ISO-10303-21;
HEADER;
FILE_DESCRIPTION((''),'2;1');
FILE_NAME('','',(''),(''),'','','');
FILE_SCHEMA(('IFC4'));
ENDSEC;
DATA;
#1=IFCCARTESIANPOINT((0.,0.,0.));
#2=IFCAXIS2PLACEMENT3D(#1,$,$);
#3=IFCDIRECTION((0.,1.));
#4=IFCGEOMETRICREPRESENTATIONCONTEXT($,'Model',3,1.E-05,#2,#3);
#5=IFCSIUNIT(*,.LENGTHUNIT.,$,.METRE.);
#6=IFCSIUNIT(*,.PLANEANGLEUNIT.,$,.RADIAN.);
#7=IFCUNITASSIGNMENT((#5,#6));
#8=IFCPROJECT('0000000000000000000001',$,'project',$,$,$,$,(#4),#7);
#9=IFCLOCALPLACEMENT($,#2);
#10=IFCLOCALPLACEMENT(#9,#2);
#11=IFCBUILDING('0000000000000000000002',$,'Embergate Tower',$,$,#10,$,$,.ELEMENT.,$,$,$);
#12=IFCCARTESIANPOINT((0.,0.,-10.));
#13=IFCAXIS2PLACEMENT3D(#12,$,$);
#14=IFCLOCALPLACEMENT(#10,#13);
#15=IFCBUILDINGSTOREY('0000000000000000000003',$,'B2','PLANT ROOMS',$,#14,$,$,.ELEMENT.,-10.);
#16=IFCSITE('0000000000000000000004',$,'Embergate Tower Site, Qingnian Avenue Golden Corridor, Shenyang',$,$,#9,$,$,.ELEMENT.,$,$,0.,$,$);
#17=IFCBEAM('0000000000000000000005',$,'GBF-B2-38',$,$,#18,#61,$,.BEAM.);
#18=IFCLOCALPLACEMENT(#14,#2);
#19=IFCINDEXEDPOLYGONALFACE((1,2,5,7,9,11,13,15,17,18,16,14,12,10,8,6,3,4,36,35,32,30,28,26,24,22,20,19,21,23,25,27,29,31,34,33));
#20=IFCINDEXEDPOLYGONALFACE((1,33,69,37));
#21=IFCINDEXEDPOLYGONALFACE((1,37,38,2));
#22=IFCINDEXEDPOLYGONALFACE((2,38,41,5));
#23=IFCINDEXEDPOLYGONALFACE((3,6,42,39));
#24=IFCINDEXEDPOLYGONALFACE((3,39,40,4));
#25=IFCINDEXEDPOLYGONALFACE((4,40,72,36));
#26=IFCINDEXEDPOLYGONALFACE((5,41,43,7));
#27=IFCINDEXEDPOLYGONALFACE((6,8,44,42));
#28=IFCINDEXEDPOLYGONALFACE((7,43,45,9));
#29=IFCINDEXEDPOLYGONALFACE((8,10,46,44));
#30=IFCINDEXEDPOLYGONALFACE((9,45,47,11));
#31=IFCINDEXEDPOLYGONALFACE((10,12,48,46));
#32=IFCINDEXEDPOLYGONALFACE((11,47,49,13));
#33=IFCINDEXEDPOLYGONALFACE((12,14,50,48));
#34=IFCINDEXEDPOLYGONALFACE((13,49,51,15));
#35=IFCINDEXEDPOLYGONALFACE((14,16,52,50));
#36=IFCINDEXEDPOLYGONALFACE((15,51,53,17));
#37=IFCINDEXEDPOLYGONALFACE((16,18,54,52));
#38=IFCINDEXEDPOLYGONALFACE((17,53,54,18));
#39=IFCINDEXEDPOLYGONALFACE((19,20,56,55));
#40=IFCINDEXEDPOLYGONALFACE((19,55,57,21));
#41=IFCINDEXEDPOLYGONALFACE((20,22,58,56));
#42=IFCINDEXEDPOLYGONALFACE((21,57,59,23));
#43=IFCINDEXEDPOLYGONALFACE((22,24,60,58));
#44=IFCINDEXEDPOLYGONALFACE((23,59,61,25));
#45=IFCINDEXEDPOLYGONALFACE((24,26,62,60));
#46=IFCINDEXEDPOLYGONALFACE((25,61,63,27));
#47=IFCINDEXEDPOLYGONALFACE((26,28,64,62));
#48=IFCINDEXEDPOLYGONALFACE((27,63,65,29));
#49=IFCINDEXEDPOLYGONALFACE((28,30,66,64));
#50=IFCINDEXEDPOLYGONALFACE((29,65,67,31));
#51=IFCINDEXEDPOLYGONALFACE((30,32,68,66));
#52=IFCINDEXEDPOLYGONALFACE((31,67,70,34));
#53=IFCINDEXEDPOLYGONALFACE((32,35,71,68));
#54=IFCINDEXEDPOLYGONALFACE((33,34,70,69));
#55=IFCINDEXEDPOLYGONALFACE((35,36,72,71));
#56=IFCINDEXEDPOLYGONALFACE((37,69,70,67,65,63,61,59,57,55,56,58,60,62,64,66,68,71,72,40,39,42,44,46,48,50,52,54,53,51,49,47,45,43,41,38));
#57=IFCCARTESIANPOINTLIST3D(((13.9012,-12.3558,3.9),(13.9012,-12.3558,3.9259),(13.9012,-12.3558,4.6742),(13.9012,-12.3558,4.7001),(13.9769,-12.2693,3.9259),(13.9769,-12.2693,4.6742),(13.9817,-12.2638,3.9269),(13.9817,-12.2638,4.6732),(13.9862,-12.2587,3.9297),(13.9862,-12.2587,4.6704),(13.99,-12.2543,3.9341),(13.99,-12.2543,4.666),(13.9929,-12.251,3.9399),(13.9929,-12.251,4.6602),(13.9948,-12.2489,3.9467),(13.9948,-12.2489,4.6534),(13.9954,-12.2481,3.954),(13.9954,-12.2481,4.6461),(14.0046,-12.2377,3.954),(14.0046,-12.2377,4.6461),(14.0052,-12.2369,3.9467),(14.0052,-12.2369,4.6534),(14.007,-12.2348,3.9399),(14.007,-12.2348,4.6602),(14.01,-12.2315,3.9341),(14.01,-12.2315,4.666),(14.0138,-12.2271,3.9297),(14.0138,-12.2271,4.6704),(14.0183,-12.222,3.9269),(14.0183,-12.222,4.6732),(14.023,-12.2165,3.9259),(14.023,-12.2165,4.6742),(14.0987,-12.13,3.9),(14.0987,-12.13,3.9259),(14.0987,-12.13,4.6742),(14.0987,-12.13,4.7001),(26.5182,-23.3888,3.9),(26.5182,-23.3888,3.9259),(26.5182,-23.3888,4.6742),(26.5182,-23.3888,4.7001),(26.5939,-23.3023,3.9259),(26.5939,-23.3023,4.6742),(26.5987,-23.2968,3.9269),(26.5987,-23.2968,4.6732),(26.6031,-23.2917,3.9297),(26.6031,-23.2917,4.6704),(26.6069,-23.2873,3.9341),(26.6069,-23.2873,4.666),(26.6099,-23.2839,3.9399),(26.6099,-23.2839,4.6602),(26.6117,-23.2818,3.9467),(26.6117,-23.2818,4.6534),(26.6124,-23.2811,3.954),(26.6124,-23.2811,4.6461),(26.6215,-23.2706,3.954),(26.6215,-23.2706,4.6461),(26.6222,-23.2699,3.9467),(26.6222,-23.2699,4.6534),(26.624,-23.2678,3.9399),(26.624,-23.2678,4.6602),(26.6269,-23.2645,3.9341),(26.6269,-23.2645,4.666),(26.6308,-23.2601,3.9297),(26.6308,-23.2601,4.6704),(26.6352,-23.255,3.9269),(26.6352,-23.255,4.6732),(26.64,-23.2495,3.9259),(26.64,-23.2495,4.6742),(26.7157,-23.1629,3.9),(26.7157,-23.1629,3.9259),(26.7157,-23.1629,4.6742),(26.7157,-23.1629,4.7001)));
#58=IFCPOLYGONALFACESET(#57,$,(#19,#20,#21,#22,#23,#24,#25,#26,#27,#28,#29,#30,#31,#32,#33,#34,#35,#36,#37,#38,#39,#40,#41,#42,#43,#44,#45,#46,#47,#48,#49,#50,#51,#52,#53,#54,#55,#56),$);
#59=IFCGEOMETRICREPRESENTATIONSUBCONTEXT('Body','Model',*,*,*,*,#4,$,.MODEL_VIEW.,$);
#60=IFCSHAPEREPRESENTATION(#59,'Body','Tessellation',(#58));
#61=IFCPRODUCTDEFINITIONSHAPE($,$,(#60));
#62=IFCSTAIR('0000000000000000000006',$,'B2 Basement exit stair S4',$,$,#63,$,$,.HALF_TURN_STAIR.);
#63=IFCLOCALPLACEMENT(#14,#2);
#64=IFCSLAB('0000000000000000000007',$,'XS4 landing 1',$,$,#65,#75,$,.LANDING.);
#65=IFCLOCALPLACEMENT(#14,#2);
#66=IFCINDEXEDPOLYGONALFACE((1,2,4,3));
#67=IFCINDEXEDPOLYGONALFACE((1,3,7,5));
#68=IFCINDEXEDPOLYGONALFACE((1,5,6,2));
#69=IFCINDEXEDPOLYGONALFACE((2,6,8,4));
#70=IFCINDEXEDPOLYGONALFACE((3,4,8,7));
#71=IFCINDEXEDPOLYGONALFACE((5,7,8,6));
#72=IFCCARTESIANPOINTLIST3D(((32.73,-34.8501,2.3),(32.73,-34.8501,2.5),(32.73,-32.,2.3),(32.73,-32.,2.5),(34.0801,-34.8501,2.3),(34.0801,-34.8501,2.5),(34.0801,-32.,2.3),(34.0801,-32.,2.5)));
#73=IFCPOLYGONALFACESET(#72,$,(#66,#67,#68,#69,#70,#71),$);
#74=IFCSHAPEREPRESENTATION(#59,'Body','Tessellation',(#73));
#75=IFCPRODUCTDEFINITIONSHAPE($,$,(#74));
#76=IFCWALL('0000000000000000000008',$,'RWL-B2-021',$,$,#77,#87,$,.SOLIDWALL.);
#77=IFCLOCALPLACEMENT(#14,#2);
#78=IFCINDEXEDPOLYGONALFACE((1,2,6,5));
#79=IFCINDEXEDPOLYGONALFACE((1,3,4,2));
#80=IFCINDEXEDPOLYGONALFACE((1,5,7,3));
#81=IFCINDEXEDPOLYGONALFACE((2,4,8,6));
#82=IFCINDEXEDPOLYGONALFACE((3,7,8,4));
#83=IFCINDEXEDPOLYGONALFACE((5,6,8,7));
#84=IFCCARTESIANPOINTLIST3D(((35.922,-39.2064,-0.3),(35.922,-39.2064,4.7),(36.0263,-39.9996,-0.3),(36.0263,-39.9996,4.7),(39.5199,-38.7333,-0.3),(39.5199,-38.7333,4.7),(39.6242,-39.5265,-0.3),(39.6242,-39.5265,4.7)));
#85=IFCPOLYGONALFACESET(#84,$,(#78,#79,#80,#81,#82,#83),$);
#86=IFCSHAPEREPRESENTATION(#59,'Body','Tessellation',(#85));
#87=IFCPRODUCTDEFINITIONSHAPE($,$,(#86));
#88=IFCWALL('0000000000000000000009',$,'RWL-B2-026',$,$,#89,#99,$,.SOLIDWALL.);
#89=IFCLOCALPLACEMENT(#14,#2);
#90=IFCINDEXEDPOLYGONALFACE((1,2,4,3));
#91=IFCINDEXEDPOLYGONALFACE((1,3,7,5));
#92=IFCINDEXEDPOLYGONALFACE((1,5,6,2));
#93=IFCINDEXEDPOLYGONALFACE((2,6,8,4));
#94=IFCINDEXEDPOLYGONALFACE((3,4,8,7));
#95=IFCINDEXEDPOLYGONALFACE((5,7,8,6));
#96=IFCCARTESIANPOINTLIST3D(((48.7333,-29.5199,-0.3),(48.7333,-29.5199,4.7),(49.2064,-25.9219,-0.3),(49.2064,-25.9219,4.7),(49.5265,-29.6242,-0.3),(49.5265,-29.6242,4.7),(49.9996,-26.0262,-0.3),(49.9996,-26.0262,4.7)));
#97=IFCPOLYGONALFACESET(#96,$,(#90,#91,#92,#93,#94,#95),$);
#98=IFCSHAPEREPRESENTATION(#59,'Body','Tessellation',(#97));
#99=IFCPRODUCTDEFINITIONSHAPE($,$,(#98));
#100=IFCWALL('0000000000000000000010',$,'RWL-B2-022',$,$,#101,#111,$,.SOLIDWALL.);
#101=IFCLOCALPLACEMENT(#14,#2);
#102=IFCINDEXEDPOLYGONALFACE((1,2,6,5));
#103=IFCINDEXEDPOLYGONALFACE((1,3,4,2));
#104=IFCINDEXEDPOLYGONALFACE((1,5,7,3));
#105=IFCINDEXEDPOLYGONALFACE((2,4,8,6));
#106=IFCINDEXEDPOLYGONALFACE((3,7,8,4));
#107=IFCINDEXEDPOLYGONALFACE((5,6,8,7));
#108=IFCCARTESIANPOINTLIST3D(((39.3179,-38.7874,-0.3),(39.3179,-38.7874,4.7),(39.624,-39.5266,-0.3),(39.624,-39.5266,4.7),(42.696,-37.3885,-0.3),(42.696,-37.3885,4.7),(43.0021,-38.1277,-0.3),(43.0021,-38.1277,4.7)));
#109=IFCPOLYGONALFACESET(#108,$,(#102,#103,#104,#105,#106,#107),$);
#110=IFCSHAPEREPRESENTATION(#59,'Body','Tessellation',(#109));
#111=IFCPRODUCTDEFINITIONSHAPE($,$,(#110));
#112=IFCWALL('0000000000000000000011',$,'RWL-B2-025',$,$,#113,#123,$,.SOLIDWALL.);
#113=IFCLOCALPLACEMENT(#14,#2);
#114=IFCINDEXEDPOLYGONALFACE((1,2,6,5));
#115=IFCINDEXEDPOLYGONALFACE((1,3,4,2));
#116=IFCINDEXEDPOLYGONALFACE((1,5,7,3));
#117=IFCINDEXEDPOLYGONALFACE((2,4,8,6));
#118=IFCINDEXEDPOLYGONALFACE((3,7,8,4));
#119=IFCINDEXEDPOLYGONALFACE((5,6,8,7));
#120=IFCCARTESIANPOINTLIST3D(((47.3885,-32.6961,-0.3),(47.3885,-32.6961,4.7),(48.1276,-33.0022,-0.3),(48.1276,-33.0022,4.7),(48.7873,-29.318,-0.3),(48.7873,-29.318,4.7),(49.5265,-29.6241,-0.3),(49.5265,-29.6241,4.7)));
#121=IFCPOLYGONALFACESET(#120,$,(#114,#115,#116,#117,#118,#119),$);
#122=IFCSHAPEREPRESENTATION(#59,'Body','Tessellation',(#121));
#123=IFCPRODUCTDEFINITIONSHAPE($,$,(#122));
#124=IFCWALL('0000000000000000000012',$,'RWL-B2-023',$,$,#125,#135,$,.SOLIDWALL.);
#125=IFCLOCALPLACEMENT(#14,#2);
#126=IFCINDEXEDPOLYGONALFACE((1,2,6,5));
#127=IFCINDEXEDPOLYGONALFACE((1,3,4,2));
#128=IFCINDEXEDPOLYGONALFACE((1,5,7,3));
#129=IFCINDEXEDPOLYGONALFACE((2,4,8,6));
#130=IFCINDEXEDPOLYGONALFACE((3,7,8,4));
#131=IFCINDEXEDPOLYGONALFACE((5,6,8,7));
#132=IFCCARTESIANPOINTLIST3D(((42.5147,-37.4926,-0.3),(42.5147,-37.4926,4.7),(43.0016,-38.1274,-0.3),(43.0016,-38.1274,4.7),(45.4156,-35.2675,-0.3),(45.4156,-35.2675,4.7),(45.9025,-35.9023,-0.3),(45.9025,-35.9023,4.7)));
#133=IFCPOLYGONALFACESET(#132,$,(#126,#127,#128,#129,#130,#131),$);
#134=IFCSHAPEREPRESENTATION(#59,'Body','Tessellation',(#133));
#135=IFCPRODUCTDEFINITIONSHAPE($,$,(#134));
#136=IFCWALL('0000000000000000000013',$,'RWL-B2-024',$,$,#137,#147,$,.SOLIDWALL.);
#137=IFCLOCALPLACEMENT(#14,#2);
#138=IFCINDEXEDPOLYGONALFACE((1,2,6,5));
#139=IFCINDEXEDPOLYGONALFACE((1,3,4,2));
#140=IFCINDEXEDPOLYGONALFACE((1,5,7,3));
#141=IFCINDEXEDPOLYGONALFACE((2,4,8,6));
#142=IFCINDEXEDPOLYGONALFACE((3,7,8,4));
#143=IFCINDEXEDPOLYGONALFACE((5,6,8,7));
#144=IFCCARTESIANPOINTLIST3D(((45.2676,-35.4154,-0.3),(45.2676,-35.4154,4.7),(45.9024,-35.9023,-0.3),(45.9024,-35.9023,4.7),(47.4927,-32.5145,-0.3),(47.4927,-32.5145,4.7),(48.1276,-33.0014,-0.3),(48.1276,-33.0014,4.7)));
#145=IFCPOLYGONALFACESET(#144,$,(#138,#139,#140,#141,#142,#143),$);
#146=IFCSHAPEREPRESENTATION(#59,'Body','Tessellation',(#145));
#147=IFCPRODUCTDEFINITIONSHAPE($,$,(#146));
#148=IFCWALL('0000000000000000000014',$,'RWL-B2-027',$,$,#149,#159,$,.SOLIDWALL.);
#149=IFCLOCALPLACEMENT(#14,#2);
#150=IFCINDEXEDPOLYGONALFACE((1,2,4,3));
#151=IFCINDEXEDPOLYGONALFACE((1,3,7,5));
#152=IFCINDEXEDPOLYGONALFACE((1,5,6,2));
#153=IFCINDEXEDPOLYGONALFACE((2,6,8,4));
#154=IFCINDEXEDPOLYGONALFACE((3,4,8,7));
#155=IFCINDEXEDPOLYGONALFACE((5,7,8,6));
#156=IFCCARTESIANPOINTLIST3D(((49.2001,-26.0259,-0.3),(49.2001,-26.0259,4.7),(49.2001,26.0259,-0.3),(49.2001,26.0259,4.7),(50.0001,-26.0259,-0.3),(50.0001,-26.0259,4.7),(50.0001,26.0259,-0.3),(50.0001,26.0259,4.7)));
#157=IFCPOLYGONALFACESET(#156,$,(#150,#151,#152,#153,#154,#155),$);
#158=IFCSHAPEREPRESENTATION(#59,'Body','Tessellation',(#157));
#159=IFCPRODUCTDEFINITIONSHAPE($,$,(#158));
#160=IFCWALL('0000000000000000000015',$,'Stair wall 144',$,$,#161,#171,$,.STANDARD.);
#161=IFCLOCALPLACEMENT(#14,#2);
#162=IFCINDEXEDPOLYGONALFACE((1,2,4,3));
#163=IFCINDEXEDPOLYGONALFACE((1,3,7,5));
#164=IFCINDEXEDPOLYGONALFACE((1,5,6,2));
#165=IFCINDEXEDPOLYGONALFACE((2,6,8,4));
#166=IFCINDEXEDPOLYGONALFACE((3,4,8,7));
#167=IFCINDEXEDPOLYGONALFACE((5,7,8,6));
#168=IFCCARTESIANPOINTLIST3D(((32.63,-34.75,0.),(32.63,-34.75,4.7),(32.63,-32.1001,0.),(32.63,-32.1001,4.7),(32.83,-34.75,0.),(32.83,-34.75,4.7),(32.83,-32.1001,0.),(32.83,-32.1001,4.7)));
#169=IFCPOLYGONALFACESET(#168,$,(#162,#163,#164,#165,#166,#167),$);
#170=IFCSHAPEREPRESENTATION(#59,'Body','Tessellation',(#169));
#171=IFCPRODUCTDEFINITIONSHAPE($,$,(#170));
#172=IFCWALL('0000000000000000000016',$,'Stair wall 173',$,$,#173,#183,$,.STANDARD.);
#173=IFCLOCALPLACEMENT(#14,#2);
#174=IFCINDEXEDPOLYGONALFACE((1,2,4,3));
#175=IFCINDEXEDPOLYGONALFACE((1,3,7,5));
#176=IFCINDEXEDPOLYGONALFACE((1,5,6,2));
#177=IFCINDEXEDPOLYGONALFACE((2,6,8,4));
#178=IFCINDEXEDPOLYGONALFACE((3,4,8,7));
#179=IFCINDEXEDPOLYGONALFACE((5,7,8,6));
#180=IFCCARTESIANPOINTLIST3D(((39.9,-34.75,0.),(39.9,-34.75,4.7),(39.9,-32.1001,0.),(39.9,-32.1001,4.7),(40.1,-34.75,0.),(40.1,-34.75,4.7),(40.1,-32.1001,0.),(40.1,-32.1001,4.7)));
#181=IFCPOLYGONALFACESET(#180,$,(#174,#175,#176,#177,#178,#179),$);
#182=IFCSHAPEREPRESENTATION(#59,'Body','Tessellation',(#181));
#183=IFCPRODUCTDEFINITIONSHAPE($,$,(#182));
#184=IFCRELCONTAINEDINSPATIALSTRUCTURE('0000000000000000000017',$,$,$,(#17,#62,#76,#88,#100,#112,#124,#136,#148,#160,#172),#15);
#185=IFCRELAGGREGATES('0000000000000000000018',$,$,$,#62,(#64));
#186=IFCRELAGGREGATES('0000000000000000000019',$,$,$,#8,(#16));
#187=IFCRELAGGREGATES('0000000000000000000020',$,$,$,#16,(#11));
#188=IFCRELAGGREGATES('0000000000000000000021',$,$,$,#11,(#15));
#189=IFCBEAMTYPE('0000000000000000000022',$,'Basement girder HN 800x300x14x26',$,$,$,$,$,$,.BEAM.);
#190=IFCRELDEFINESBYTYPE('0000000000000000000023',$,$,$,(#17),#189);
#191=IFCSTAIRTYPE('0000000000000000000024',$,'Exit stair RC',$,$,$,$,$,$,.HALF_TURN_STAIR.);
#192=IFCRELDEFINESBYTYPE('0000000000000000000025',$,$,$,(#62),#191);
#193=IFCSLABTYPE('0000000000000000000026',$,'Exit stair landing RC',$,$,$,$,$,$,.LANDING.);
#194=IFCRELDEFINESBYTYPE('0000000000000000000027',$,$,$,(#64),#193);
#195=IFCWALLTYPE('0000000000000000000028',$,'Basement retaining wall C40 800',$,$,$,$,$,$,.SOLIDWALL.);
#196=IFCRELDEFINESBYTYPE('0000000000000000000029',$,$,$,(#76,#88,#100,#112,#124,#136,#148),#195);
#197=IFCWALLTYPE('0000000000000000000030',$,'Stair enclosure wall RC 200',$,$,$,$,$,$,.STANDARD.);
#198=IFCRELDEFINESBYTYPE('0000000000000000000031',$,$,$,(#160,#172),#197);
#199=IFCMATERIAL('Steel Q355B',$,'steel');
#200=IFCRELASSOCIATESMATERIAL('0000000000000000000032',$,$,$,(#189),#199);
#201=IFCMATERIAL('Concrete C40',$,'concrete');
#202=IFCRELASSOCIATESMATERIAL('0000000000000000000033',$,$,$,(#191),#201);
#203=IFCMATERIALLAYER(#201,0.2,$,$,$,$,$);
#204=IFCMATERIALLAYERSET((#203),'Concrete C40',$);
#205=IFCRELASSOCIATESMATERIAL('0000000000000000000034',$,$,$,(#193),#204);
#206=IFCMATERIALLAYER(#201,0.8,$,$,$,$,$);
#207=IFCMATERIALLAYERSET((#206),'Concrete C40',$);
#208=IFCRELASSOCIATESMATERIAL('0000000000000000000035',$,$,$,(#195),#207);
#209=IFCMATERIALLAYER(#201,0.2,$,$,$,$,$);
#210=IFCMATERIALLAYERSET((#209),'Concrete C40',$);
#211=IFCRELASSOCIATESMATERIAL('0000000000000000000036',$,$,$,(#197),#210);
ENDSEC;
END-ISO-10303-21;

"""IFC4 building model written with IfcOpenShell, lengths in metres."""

from ifc_helpers import new_model, si_unit, direction, frame, frame_2d, origin, origin_2d, place, context, subcontext, project, spatial, polyline, rectangle, i_section, outline, extrude, source, transform, mapped, material, layer, layer_set, material_profile, profile_set, type_object, element, aggregate, save


model = new_model("IFC4")

# Units and contexts
model_context = context("Model", 3, precision=1e-05, world=origin(), true_north=direction((0.0, 1.0)))
body_context = subcontext(model_context, "Body", "Model", "MODEL_VIEW")
ifc_project = project(units=[si_unit("LENGTHUNIT", "METRE"), si_unit("PLANEANGLEUNIT", "RADIAN")], contexts=[model_context])

# Site, building, storey
site_placement = place(None, origin())
site = spatial("IfcSite", under=ifc_project, at=site_placement, Name="Embergate Tower Site, Qingnian Avenue Golden Corridor, Shenyang", CompositionType="ELEMENT", RefElevation=0.0)
building_placement = place(site_placement, origin())
building = spatial("IfcBuilding", under=site, at=building_placement, Name="Embergate Tower", CompositionType="ELEMENT")
storey_placement = place(building_placement, frame((0.0, 0.0, -10.0)))
storey = spatial("IfcBuildingStorey", under=building, at=storey_placement, Name="B2", Description="PLANT ROOMS", CompositionType="ELEMENT", Elevation=-10.0)

# Shared definitions
ifc_material_1 = material(Name="Concrete C40", Category="concrete")

# Beam
ifc_material_2 = material(Name="Steel Q355B", Category="steel")
ifc_material_profile_1 = material_profile(ifc_material_2, i_section(OverallWidth=0.3, OverallDepth=0.8, WebThickness=0.0139, FlangeThickness=0.0259, FilletRadius=0.0281, at=origin_2d()), Name="HN 800x300x14x26")
ifc_profile_set_1 = profile_set([ifc_material_profile_1], Name="Steel Q355 grade B")
beam_type = type_object("IfcBeamType", Name="Basement girder HN 800x300x14x26", PredefinedType="BEAM", material=ifc_profile_set_1)
shared_shape_1 = source(origin(), body_context, "Body", "SweptSolid", [
    extrude(i_section(OverallWidth=0.3, OverallDepth=0.8, WebThickness=0.0139, FlangeThickness=0.0259, FilletRadius=0.0281, at=origin_2d()), origin(), (0.0, 0.0, 1.0), 16.7605),
])
beam_placement = place(storey_placement, frame((26.6169, -23.2759, 4.3), z_axis=(-0.75278, 0.658273, 0.0), x_axis=(-0.658273, -0.75278, 0.0)))
element("IfcBeam", 1, at=beam_placement, inside=storey, type_object=beam_type, Name="GBF-B2-38", PredefinedType="BEAM", context=body_context, shape_type="MappedRepresentation", body=[
    mapped(shared_shape_1, transform((0.0, 0.0, 0.0))),
])

# Stair, slab
stair_type = type_object("IfcStairType", Name="Exit stair RC", PredefinedType="HALF_TURN_STAIR", material=ifc_material_1)
stair_placement = place(storey_placement, origin())
stair = element("IfcStair", 2, at=stair_placement, inside=storey, type_object=stair_type, Name="B2 Basement exit stair S4", PredefinedType="HALF_TURN_STAIR")
ifc_layer_1 = layer(ifc_material_1, 0.2)
ifc_layer_set_1 = layer_set([ifc_layer_1], Name="Concrete C40")
slab_type = type_object("IfcSlabType", Name="Exit stair landing RC", PredefinedType="LANDING", material=ifc_layer_set_1)
shared_shape_2 = source(origin(), body_context, "Body", "SweptSolid", [
    extrude(outline(polyline([(0.0, 0.0), (1.3501, 0.0), (1.3501, 2.8501), (0.0, 2.8501), (0.0, 0.0)])), origin(), (0.0, 0.0, 1.0), 0.2),
])
slab_placement = place(storey_placement, frame((32.73, -34.8501, 2.3)))
slab = element("IfcSlab", 3, at=slab_placement, type_object=slab_type, Name="XS4 landing 1", PredefinedType="LANDING", context=body_context, shape_type="MappedRepresentation", body=[
    mapped(shared_shape_2, transform((0.0, 0.0, 0.0))),
])

# Walls
ifc_layer_2 = layer(ifc_material_1, 0.8)
ifc_layer_set_2 = layer_set([ifc_layer_2], Name="Concrete C40")
wall_type_1 = type_object("IfcWallType", Name="Basement retaining wall C40 800", PredefinedType="SOLIDWALL", material=ifc_layer_set_2)
shared_shape_3 = source(origin(), body_context, "Body", "SweptSolid", [
    extrude(rectangle(XDim=3.6289, YDim=0.8, at=frame_2d((1.8145, 0.0))), origin(), (0.0, 0.0, 1.0), 5.0),
])
for number, where, z_axis, x_axis, name in (
    (4, (35.9741, -39.603, -0.3), (0.0, 0.0, 1.0), (0.991464, 0.130383, 0.0), "RWL-B2-021"),
    (5, (49.1299, -29.572, -0.3), (0.0, 0.0, 1.0), (0.130383, 0.991464, 0.0), "RWL-B2-026"),
):
    element("IfcWall", number, at=place(storey_placement, frame(where, z_axis=z_axis, x_axis=x_axis)), inside=storey, type_object=wall_type_1, Name=name, PredefinedType="SOLIDWALL", context=body_context, shape_type="MappedRepresentation", body=[
        mapped(shared_shape_3, transform((0.0, 0.0, 0.0))),
    ])
shared_shape_4 = source(origin(), body_context, "Body", "SweptSolid", [
    extrude(rectangle(XDim=3.6562, YDim=0.8, at=frame_2d((1.8281, 0.0))), origin(), (0.0, 0.0, 1.0), 5.0),
])
for number, where, z_axis, x_axis, name in (
    (6, (39.4709, -39.157, -0.3), (0.0, 0.0, 1.0), (0.923914, 0.382599, 0.0), "RWL-B2-022"),
    (7, (47.7581, -32.8491, -0.3), (0.0, 0.0, 1.0), (0.382599, 0.923914, 0.0), "RWL-B2-025"),
):
    element("IfcWall", number, at=place(storey_placement, frame(where, z_axis=z_axis, x_axis=x_axis)), inside=storey, type_object=wall_type_1, Name=name, PredefinedType="SOLIDWALL", context=body_context, shape_type="MappedRepresentation", body=[
        mapped(shared_shape_4, transform((0.0, 0.0, 0.0))),
    ])
shared_shape_5 = source(origin(), body_context, "Body", "SweptSolid", [
    extrude(rectangle(XDim=3.656, YDim=0.8, at=frame_2d((1.8281, 0.0))), origin(), (0.0, 0.0, 1.0), 5.0),
])
for number, where, z_axis, x_axis, name in (
    (8, (42.7581, -37.8101, -0.3), (0.0, 0.0, 1.0), (0.793462, 0.608619, 0.0), "RWL-B2-023"),
    (9, (45.585, -35.6589, -0.3), (0.0, 0.0, 1.0), (0.608619, 0.793462, 0.0), "RWL-B2-024"),
):
    element("IfcWall", number, at=place(storey_placement, frame(where, z_axis=z_axis, x_axis=x_axis)), inside=storey, type_object=wall_type_1, Name=name, PredefinedType="SOLIDWALL", context=body_context, shape_type="MappedRepresentation", body=[
        mapped(shared_shape_5, transform((0.0, 0.0, 0.0))),
    ])
shared_shape_6 = source(origin(), body_context, "Body", "SweptSolid", [
    extrude(rectangle(XDim=52.0518, YDim=0.8, at=frame_2d((26.0259, 0.0))), origin(), (0.0, 0.0, 1.0), 5.0),
])
wall_1_placement = place(storey_placement, frame((49.6001, -26.0259, -0.3), z_axis=(0.0, 0.0, 1.0), x_axis=(0.0, 1.0, 0.0)))
element("IfcWall", 10, at=wall_1_placement, inside=storey, type_object=wall_type_1, Name="RWL-B2-027", PredefinedType="SOLIDWALL", context=body_context, shape_type="MappedRepresentation", body=[
    mapped(shared_shape_6, transform((0.0, 0.0, 0.0))),
])
ifc_layer_3 = layer(ifc_material_1, 0.2)
ifc_layer_set_3 = layer_set([ifc_layer_3], Name="Concrete C40")
wall_type_2 = type_object("IfcWallType", Name="Stair enclosure wall RC 200", PredefinedType="STANDARD", material=ifc_layer_set_3)
shared_shape_7 = source(origin(), body_context, "Body", "SweptSolid", [
    extrude(rectangle(XDim=2.6499, YDim=0.2, at=frame_2d((1.325, 0.0))), origin(), (0.0, 0.0, 1.0), 4.7),
])
for number, where, z_axis, x_axis, name in (
    (11, (32.73, -34.75, 0.0), (0.0, 0.0, 1.0), (0.0, 1.0, 0.0), "Stair wall 144"),
    (12, (40.0, -32.1001, 0.0), (0.0, 0.0, 1.0), (0.0, -1.0, 0.0), "Stair wall 173"),
):
    element("IfcWall", number, at=place(storey_placement, frame(where, z_axis=z_axis, x_axis=x_axis)), inside=storey, type_object=wall_type_2, Name=name, PredefinedType="STANDARD", context=body_context, shape_type="MappedRepresentation", body=[
        mapped(shared_shape_7, transform((0.0, 0.0, 0.0))),
    ])

aggregate(stair, [slab])

save(model, "model.ifc")
